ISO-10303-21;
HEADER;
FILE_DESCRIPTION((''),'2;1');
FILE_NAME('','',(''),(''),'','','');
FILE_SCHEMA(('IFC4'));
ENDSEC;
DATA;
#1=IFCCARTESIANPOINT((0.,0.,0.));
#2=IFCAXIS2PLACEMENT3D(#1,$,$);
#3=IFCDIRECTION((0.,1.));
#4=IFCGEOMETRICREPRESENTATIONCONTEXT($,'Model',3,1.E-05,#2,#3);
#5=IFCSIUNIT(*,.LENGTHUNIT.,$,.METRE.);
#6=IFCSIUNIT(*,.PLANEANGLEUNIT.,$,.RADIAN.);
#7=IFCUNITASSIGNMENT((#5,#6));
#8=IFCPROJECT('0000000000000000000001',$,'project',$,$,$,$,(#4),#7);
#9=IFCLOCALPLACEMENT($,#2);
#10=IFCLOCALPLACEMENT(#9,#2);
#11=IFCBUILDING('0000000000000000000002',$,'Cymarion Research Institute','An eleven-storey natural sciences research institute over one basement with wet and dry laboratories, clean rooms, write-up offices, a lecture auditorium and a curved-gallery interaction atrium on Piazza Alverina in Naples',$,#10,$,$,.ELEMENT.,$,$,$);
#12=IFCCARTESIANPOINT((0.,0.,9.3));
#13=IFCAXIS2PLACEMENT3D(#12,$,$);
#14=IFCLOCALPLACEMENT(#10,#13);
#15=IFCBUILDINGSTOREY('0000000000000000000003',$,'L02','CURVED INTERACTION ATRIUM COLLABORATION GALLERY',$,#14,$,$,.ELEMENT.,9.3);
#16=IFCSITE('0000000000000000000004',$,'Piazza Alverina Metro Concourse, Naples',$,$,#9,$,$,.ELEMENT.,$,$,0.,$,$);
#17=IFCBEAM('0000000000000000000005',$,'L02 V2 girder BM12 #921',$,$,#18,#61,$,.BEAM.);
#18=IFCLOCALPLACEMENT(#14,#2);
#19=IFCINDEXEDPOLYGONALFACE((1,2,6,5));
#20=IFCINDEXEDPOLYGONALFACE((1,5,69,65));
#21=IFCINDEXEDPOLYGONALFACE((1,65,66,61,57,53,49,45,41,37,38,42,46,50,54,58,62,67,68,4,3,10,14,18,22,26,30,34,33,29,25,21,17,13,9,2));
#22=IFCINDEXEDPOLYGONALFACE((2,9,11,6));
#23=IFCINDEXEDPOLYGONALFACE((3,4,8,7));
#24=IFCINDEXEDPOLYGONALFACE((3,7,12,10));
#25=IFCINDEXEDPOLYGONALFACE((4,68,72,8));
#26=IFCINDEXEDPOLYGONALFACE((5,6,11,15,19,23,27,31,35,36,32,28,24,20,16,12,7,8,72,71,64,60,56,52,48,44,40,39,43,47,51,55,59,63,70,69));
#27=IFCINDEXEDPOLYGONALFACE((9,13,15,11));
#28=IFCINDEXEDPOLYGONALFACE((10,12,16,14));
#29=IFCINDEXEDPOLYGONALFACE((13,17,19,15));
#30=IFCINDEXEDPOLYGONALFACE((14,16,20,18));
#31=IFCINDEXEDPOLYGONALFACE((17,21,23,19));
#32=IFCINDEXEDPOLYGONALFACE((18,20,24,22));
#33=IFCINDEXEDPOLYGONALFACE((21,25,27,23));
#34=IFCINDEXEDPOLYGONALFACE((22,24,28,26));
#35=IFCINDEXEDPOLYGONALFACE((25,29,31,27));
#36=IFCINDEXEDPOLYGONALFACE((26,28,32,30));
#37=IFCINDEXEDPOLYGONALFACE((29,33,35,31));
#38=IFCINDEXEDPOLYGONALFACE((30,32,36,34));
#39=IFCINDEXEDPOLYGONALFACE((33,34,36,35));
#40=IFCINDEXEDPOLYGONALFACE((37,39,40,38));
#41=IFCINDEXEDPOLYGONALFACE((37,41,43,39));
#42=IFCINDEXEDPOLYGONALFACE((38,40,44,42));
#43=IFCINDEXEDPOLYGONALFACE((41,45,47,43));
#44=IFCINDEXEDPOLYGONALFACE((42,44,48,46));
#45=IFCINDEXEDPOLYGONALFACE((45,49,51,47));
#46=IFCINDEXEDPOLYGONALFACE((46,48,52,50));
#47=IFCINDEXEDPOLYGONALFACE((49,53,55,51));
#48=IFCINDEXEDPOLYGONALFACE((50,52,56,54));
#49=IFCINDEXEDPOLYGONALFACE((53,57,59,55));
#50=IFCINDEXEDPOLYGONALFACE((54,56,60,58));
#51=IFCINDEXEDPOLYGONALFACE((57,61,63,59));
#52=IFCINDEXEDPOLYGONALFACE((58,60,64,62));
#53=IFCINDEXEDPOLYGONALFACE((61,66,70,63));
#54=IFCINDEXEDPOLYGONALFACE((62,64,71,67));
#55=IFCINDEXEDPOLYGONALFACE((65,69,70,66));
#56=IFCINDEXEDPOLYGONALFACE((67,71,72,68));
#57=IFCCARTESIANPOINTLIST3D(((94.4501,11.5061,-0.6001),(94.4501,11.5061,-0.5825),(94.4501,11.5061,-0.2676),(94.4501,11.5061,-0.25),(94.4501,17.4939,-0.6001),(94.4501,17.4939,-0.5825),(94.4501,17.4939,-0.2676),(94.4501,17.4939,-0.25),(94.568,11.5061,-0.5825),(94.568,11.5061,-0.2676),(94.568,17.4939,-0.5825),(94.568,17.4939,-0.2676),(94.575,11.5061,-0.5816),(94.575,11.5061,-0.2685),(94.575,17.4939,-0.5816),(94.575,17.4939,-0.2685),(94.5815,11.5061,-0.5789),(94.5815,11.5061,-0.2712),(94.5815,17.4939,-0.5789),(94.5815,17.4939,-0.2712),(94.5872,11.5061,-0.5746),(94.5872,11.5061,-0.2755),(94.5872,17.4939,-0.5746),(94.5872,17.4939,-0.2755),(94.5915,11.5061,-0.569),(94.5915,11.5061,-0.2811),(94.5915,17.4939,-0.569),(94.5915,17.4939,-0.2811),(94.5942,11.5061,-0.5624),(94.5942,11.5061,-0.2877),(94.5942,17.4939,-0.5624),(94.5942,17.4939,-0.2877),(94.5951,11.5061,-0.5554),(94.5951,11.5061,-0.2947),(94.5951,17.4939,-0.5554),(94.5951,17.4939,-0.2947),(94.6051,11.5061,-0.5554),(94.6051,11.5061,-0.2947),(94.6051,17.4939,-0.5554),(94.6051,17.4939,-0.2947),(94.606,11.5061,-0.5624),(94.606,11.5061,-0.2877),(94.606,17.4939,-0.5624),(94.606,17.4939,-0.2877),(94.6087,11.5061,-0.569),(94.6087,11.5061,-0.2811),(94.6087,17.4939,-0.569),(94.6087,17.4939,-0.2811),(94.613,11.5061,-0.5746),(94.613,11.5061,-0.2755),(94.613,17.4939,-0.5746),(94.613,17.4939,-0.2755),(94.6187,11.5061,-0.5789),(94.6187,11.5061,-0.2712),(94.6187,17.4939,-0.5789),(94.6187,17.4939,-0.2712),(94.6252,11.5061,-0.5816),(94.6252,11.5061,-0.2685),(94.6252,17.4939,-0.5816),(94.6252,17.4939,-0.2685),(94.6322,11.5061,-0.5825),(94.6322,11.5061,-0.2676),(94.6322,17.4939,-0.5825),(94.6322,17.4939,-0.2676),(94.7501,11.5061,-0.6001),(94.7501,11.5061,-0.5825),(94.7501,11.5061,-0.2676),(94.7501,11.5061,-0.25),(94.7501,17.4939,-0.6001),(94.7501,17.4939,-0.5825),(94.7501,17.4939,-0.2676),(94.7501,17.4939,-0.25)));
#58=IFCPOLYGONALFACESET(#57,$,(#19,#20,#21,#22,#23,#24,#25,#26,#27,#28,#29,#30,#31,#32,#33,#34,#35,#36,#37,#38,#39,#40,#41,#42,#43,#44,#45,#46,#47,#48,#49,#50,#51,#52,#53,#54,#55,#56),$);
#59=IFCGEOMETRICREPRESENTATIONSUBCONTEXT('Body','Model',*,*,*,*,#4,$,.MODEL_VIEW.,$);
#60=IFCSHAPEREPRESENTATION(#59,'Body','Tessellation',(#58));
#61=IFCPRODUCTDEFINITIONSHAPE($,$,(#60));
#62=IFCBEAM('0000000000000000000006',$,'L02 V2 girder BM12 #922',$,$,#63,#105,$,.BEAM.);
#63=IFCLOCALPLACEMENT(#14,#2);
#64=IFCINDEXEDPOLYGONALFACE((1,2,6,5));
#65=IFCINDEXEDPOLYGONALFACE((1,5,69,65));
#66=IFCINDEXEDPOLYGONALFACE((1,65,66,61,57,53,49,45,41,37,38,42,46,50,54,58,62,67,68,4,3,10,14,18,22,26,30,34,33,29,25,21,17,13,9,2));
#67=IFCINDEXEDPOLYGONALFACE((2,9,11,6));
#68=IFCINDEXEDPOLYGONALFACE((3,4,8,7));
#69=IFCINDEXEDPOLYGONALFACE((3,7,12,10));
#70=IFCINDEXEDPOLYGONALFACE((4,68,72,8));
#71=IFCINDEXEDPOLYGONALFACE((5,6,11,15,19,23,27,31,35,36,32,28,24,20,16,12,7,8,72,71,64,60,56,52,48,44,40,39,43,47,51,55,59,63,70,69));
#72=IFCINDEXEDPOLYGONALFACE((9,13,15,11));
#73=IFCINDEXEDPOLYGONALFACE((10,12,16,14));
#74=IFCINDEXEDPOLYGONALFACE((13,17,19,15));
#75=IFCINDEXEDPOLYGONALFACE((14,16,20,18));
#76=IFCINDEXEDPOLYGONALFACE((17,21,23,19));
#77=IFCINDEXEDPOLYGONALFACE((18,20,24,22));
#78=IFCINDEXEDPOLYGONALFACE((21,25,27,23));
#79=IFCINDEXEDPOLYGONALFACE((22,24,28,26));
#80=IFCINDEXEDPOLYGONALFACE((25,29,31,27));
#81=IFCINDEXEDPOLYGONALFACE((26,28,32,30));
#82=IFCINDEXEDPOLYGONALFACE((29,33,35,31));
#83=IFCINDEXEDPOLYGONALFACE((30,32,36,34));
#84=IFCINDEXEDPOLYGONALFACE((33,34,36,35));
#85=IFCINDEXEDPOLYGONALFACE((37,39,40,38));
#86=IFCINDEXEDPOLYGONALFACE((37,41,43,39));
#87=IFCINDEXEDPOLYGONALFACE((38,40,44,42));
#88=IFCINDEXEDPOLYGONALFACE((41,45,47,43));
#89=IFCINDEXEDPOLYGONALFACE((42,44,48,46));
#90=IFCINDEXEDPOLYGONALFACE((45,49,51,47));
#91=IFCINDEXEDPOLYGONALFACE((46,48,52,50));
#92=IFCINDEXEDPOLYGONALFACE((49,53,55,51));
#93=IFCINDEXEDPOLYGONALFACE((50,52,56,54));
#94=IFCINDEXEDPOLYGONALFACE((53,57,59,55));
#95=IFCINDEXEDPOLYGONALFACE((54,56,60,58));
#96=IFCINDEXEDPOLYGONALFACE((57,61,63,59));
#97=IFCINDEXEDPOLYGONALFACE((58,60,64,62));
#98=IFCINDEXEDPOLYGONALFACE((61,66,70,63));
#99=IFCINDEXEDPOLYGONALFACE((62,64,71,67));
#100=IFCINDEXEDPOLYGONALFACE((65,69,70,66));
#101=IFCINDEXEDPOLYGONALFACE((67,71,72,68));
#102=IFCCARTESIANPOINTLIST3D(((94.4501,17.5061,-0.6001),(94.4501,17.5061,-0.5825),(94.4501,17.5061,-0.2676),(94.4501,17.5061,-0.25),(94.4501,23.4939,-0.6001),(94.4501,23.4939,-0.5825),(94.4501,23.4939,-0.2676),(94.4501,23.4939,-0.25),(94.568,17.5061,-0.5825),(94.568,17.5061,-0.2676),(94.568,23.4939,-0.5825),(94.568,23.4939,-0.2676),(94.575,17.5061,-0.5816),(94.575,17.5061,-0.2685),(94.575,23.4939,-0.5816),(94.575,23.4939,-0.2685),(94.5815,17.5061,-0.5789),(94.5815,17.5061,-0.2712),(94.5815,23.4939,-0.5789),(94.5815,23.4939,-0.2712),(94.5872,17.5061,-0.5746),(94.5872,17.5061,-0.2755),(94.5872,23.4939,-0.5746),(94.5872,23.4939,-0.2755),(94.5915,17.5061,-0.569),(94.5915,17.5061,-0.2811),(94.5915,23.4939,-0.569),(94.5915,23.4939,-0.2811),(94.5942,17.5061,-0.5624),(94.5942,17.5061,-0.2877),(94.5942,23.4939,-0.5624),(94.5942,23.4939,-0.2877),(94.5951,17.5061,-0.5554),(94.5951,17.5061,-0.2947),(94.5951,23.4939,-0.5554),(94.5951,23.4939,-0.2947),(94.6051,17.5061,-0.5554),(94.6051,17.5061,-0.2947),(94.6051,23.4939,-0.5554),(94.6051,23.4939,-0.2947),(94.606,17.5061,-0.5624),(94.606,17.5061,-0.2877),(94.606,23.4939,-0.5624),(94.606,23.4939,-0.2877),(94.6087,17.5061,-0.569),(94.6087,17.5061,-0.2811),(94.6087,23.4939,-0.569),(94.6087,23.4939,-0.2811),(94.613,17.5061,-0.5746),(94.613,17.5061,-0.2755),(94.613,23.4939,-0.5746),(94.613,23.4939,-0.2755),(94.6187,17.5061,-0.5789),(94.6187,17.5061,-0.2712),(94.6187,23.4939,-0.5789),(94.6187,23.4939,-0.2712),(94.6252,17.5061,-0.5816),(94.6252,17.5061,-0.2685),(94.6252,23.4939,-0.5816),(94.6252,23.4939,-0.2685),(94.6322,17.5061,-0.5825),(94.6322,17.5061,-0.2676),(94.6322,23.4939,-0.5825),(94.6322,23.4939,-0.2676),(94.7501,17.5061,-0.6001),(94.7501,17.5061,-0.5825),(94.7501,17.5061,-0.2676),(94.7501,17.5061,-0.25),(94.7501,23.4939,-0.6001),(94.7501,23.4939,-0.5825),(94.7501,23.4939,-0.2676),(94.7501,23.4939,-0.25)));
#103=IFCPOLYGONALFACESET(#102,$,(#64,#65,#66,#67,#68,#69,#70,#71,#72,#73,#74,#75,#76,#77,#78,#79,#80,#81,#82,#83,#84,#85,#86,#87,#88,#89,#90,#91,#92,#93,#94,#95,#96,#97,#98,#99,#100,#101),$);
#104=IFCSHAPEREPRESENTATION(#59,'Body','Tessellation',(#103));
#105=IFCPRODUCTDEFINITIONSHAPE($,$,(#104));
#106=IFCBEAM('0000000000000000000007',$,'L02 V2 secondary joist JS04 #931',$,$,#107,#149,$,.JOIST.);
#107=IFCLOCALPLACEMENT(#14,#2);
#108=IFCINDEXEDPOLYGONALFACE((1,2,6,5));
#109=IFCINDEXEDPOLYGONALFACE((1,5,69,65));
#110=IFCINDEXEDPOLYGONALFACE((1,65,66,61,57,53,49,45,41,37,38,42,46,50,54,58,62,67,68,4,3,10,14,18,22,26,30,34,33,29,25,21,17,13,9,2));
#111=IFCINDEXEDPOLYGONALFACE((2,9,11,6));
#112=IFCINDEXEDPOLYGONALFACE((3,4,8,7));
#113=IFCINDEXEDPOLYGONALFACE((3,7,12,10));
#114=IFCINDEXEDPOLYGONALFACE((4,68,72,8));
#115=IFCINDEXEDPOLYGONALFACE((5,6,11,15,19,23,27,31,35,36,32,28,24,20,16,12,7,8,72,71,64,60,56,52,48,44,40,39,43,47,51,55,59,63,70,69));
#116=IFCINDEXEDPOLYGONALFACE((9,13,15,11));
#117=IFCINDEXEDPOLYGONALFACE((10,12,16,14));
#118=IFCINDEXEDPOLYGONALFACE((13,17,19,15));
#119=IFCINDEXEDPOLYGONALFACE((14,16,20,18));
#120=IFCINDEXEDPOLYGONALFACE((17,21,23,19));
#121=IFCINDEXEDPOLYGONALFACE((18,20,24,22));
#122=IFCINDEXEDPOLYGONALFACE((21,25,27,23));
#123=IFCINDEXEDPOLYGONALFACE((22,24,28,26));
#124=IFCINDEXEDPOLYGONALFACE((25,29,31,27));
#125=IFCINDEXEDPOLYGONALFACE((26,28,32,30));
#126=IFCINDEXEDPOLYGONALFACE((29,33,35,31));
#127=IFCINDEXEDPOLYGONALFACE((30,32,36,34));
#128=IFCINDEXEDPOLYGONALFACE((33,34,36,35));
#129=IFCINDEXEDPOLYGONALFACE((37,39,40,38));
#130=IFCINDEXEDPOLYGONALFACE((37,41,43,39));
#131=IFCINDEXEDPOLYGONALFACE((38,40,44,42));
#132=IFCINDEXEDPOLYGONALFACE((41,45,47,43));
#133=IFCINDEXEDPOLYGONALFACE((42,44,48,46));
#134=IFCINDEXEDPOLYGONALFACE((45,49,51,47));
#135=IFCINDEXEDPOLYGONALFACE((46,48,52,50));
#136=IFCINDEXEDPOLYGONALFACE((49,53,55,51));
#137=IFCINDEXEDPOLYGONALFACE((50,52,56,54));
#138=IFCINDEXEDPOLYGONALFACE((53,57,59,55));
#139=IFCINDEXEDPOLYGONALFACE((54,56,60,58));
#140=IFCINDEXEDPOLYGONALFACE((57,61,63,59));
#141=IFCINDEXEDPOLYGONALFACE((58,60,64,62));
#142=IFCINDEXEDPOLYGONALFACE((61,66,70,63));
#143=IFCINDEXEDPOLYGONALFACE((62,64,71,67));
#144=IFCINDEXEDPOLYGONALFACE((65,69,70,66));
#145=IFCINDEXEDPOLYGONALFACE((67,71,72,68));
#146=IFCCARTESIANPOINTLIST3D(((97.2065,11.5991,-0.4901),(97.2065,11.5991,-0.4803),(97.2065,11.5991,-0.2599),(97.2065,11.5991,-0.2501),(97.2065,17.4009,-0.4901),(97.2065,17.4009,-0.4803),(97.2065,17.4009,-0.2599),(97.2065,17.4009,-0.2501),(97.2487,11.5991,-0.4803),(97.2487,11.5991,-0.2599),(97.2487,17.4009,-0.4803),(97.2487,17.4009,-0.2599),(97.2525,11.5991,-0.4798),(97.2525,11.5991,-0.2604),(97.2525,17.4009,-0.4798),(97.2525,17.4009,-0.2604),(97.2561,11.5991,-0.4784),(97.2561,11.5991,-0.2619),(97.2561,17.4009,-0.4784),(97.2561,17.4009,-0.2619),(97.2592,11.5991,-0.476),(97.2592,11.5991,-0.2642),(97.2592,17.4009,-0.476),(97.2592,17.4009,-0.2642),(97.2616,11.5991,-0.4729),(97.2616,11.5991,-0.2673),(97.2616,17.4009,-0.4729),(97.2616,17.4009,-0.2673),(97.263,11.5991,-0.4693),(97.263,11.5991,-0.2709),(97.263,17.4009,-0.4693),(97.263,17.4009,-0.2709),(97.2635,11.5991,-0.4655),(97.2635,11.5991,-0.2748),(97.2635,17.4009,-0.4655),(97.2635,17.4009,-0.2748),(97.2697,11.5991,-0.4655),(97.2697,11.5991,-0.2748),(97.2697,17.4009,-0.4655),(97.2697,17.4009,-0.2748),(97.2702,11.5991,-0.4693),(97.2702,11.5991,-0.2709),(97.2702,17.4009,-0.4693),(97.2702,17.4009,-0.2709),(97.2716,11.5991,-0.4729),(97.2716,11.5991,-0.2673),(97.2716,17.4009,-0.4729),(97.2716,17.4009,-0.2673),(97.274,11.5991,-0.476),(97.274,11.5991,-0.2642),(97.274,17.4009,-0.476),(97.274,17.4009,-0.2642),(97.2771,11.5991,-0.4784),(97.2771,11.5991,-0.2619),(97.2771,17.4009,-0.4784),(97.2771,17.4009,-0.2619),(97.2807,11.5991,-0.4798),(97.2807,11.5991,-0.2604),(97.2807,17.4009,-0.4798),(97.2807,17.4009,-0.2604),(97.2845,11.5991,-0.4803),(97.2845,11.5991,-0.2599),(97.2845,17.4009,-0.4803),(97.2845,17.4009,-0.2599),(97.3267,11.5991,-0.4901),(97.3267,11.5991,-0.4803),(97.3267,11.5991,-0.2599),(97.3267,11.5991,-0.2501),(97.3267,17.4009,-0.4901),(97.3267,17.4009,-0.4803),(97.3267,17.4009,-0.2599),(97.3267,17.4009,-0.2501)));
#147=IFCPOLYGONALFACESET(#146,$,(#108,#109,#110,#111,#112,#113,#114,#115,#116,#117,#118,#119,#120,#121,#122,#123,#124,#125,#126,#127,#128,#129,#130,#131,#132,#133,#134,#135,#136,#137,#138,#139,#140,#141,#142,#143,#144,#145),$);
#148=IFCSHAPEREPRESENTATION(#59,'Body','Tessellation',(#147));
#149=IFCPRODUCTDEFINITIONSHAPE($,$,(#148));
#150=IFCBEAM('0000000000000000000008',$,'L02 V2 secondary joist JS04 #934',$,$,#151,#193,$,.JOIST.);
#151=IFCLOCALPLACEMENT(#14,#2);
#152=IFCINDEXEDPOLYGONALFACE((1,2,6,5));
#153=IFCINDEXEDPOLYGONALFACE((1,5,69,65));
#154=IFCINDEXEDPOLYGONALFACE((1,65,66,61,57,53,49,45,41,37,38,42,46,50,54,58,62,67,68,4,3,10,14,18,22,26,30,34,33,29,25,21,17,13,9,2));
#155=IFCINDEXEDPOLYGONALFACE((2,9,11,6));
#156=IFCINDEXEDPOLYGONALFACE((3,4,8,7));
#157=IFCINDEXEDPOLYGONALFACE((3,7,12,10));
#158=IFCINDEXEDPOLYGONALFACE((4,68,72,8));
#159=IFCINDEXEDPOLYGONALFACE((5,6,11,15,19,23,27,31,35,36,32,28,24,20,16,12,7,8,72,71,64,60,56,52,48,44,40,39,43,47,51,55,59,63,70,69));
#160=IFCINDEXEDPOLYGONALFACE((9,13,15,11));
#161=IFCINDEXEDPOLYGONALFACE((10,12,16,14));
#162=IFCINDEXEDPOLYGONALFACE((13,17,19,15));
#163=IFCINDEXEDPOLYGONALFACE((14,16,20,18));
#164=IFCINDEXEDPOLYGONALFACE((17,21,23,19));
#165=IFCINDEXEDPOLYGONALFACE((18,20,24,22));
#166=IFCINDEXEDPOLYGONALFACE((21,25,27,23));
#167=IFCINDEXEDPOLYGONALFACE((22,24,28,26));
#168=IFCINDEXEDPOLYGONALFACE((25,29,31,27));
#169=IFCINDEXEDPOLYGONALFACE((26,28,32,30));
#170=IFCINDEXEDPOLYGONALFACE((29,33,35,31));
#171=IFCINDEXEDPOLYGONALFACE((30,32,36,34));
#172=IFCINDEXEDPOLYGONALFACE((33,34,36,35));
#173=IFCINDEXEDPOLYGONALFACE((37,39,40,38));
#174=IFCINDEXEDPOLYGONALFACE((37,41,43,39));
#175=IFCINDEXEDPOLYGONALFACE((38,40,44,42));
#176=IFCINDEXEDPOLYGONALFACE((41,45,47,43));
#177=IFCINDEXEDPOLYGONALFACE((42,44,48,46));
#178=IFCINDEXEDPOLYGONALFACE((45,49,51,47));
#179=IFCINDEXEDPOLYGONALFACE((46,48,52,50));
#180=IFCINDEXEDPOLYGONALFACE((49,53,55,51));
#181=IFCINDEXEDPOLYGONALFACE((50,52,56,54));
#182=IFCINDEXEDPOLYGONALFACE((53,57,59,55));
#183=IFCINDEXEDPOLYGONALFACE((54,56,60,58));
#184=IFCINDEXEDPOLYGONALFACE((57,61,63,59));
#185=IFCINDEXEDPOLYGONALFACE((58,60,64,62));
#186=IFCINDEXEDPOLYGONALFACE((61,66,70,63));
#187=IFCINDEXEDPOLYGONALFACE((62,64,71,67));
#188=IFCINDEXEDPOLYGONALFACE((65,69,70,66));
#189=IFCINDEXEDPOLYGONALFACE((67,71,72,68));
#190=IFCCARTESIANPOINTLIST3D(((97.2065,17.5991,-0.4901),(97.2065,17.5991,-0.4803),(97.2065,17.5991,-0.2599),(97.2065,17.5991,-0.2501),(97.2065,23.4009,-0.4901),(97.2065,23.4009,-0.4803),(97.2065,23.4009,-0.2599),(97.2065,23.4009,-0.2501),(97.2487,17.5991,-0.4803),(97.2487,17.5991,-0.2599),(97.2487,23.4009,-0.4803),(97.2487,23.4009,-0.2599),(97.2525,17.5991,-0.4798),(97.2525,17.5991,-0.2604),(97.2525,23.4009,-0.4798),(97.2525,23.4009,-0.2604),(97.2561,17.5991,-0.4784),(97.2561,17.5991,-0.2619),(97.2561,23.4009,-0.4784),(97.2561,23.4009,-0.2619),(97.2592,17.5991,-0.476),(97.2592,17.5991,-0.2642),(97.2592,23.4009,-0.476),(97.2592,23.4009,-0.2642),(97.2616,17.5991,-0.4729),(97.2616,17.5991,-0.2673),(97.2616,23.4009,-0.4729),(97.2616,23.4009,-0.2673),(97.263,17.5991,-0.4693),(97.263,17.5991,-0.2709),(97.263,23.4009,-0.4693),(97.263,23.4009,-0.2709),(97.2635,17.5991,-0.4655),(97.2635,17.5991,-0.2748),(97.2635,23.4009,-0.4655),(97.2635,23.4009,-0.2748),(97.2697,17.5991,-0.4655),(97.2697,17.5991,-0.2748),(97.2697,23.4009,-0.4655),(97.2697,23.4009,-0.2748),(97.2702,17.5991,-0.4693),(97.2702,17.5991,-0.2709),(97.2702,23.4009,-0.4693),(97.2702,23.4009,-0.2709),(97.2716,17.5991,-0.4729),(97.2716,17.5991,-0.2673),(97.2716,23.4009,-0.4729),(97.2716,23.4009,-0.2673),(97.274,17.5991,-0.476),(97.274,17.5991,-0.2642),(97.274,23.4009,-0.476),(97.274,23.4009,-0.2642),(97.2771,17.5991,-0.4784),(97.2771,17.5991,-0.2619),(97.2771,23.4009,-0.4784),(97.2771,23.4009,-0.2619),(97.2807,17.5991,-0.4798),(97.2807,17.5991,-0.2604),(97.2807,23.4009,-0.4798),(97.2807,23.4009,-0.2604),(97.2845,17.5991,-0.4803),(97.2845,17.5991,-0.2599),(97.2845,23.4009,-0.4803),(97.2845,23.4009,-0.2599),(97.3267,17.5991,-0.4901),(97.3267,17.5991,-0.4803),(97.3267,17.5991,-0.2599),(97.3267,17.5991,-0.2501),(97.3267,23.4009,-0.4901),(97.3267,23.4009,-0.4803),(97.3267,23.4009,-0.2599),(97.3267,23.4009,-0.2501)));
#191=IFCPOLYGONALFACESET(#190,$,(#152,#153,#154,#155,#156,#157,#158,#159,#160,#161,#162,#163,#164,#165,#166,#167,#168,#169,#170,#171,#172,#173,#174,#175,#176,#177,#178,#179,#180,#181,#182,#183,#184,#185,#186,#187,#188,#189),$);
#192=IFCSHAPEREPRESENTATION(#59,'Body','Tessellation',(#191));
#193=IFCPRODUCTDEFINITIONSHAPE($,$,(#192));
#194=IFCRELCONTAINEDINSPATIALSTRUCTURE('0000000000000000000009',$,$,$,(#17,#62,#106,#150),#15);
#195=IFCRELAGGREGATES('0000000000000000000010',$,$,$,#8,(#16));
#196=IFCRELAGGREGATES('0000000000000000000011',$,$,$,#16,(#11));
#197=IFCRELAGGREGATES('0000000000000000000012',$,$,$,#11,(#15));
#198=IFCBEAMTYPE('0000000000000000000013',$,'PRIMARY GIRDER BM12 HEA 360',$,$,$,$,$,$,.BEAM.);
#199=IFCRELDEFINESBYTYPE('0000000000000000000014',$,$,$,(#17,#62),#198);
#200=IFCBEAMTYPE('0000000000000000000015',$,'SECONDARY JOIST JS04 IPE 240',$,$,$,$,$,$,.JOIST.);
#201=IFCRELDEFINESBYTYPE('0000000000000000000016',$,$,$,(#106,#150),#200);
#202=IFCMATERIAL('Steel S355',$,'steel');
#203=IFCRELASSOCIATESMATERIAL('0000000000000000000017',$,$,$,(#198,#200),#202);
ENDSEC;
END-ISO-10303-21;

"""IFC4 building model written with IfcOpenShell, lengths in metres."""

from ifc_helpers import new_model, si_unit, direction, frame, origin, origin_2d, place, context, subcontext, project, spatial, i_section, extrude, material, material_profile, profile_set, type_object, element, save


model = new_model("IFC4")

# Units and contexts
model_context = context("Model", 3, precision=1e-05, world=origin(), true_north=direction((0.0, 1.0)))
body_context = subcontext(model_context, "Body", "Model", "MODEL_VIEW")
ifc_project = project(units=[si_unit("LENGTHUNIT", "METRE"), si_unit("PLANEANGLEUNIT", "RADIAN")], contexts=[model_context])

# Site, building, storey
site_placement = place(None, origin())
site = spatial("IfcSite", under=ifc_project, at=site_placement, Name="Piazza Alverina Metro Concourse, Naples", CompositionType="ELEMENT", RefElevation=0.0)
building_placement = place(site_placement, origin())
building = spatial("IfcBuilding", under=site, at=building_placement, Name="Cymarion Research Institute", Description="An eleven-storey natural sciences research institute over one basement with wet and dry laboratories, clean rooms, write-up offices, a lecture auditorium and a curved-gallery interaction atrium on Piazza Alverina in Naples", CompositionType="ELEMENT")
storey_placement = place(building_placement, frame((0.0, 0.0, 9.3)))
storey = spatial("IfcBuildingStorey", under=building, at=storey_placement, Name="L02", Description="CURVED INTERACTION ATRIUM COLLABORATION GALLERY", CompositionType="ELEMENT", Elevation=9.3)

# Shared definitions
ifc_material_1 = material(Name="Steel S355", Category="steel")

# Beams
ifc_material_profile_1 = material_profile(ifc_material_1, i_section(OverallWidth=0.3, OverallDepth=0.3501, WebThickness=0.01, FlangeThickness=0.0176, FilletRadius=0.0271, at=origin_2d()), Name="HEA 360")
ifc_profile_set_1 = profile_set([ifc_material_profile_1], Name="Steel S355")
beam_type_1 = type_object("IfcBeamType", Name="PRIMARY GIRDER BM12 HEA 360", PredefinedType="BEAM", material=ifc_profile_set_1)
for number, where, z_axis, x_axis, name in (
    (1, (94.6001, 11.5061, -0.425), (0.0, 1.0, 0.0), (-1.0, 0.0, 0.0), "L02 V2 girder BM12 #921"),
    (2, (94.6001, 17.5061, -0.425), (0.0, 1.0, 0.0), (-1.0, 0.0, 0.0), "L02 V2 girder BM12 #922"),
):
    element("IfcBeam", number, at=place(storey_placement, frame(where, z_axis=z_axis, x_axis=x_axis)), inside=storey, type_object=beam_type_1, Name=name, PredefinedType="BEAM", context=body_context, shape_type="SweptSolid", body=[
        extrude(i_section(OverallWidth=0.3, OverallDepth=0.3501, WebThickness=0.01, FlangeThickness=0.0176, FilletRadius=0.0271, at=origin_2d()), origin(), (0.0, 0.0, 1.0), 5.9878),
    ])
ifc_material_profile_2 = material_profile(ifc_material_1, i_section(OverallWidth=0.1201, OverallDepth=0.24, WebThickness=0.0061, FlangeThickness=0.0098, FilletRadius=0.0149, at=origin_2d()), Name="IPE 240")
ifc_profile_set_2 = profile_set([ifc_material_profile_2], Name="Steel S355")
beam_type_2 = type_object("IfcBeamType", Name="SECONDARY JOIST JS04 IPE 240", PredefinedType="JOIST", material=ifc_profile_set_2)
for number, where, z_axis, x_axis, name in (
    (3, (97.2666, 11.5991, -0.3701), (0.0, 1.0, 0.0), (-1.0, 0.0, 0.0), "L02 V2 secondary joist JS04 #931"),
    (4, (97.2666, 17.5991, -0.3701), (0.0, 1.0, 0.0), (-1.0, 0.0, 0.0), "L02 V2 secondary joist JS04 #934"),
):
    element("IfcBeam", number, at=place(storey_placement, frame(where, z_axis=z_axis, x_axis=x_axis)), inside=storey, type_object=beam_type_2, Name=name, PredefinedType="JOIST", context=body_context, shape_type="SweptSolid", body=[
        extrude(i_section(OverallWidth=0.1201, OverallDepth=0.24, WebThickness=0.0061, FlangeThickness=0.0098, FilletRadius=0.0149, at=origin_2d()), origin(), (0.0, 0.0, 1.0), 5.8018),
    ])

save(model, "model.ifc")
